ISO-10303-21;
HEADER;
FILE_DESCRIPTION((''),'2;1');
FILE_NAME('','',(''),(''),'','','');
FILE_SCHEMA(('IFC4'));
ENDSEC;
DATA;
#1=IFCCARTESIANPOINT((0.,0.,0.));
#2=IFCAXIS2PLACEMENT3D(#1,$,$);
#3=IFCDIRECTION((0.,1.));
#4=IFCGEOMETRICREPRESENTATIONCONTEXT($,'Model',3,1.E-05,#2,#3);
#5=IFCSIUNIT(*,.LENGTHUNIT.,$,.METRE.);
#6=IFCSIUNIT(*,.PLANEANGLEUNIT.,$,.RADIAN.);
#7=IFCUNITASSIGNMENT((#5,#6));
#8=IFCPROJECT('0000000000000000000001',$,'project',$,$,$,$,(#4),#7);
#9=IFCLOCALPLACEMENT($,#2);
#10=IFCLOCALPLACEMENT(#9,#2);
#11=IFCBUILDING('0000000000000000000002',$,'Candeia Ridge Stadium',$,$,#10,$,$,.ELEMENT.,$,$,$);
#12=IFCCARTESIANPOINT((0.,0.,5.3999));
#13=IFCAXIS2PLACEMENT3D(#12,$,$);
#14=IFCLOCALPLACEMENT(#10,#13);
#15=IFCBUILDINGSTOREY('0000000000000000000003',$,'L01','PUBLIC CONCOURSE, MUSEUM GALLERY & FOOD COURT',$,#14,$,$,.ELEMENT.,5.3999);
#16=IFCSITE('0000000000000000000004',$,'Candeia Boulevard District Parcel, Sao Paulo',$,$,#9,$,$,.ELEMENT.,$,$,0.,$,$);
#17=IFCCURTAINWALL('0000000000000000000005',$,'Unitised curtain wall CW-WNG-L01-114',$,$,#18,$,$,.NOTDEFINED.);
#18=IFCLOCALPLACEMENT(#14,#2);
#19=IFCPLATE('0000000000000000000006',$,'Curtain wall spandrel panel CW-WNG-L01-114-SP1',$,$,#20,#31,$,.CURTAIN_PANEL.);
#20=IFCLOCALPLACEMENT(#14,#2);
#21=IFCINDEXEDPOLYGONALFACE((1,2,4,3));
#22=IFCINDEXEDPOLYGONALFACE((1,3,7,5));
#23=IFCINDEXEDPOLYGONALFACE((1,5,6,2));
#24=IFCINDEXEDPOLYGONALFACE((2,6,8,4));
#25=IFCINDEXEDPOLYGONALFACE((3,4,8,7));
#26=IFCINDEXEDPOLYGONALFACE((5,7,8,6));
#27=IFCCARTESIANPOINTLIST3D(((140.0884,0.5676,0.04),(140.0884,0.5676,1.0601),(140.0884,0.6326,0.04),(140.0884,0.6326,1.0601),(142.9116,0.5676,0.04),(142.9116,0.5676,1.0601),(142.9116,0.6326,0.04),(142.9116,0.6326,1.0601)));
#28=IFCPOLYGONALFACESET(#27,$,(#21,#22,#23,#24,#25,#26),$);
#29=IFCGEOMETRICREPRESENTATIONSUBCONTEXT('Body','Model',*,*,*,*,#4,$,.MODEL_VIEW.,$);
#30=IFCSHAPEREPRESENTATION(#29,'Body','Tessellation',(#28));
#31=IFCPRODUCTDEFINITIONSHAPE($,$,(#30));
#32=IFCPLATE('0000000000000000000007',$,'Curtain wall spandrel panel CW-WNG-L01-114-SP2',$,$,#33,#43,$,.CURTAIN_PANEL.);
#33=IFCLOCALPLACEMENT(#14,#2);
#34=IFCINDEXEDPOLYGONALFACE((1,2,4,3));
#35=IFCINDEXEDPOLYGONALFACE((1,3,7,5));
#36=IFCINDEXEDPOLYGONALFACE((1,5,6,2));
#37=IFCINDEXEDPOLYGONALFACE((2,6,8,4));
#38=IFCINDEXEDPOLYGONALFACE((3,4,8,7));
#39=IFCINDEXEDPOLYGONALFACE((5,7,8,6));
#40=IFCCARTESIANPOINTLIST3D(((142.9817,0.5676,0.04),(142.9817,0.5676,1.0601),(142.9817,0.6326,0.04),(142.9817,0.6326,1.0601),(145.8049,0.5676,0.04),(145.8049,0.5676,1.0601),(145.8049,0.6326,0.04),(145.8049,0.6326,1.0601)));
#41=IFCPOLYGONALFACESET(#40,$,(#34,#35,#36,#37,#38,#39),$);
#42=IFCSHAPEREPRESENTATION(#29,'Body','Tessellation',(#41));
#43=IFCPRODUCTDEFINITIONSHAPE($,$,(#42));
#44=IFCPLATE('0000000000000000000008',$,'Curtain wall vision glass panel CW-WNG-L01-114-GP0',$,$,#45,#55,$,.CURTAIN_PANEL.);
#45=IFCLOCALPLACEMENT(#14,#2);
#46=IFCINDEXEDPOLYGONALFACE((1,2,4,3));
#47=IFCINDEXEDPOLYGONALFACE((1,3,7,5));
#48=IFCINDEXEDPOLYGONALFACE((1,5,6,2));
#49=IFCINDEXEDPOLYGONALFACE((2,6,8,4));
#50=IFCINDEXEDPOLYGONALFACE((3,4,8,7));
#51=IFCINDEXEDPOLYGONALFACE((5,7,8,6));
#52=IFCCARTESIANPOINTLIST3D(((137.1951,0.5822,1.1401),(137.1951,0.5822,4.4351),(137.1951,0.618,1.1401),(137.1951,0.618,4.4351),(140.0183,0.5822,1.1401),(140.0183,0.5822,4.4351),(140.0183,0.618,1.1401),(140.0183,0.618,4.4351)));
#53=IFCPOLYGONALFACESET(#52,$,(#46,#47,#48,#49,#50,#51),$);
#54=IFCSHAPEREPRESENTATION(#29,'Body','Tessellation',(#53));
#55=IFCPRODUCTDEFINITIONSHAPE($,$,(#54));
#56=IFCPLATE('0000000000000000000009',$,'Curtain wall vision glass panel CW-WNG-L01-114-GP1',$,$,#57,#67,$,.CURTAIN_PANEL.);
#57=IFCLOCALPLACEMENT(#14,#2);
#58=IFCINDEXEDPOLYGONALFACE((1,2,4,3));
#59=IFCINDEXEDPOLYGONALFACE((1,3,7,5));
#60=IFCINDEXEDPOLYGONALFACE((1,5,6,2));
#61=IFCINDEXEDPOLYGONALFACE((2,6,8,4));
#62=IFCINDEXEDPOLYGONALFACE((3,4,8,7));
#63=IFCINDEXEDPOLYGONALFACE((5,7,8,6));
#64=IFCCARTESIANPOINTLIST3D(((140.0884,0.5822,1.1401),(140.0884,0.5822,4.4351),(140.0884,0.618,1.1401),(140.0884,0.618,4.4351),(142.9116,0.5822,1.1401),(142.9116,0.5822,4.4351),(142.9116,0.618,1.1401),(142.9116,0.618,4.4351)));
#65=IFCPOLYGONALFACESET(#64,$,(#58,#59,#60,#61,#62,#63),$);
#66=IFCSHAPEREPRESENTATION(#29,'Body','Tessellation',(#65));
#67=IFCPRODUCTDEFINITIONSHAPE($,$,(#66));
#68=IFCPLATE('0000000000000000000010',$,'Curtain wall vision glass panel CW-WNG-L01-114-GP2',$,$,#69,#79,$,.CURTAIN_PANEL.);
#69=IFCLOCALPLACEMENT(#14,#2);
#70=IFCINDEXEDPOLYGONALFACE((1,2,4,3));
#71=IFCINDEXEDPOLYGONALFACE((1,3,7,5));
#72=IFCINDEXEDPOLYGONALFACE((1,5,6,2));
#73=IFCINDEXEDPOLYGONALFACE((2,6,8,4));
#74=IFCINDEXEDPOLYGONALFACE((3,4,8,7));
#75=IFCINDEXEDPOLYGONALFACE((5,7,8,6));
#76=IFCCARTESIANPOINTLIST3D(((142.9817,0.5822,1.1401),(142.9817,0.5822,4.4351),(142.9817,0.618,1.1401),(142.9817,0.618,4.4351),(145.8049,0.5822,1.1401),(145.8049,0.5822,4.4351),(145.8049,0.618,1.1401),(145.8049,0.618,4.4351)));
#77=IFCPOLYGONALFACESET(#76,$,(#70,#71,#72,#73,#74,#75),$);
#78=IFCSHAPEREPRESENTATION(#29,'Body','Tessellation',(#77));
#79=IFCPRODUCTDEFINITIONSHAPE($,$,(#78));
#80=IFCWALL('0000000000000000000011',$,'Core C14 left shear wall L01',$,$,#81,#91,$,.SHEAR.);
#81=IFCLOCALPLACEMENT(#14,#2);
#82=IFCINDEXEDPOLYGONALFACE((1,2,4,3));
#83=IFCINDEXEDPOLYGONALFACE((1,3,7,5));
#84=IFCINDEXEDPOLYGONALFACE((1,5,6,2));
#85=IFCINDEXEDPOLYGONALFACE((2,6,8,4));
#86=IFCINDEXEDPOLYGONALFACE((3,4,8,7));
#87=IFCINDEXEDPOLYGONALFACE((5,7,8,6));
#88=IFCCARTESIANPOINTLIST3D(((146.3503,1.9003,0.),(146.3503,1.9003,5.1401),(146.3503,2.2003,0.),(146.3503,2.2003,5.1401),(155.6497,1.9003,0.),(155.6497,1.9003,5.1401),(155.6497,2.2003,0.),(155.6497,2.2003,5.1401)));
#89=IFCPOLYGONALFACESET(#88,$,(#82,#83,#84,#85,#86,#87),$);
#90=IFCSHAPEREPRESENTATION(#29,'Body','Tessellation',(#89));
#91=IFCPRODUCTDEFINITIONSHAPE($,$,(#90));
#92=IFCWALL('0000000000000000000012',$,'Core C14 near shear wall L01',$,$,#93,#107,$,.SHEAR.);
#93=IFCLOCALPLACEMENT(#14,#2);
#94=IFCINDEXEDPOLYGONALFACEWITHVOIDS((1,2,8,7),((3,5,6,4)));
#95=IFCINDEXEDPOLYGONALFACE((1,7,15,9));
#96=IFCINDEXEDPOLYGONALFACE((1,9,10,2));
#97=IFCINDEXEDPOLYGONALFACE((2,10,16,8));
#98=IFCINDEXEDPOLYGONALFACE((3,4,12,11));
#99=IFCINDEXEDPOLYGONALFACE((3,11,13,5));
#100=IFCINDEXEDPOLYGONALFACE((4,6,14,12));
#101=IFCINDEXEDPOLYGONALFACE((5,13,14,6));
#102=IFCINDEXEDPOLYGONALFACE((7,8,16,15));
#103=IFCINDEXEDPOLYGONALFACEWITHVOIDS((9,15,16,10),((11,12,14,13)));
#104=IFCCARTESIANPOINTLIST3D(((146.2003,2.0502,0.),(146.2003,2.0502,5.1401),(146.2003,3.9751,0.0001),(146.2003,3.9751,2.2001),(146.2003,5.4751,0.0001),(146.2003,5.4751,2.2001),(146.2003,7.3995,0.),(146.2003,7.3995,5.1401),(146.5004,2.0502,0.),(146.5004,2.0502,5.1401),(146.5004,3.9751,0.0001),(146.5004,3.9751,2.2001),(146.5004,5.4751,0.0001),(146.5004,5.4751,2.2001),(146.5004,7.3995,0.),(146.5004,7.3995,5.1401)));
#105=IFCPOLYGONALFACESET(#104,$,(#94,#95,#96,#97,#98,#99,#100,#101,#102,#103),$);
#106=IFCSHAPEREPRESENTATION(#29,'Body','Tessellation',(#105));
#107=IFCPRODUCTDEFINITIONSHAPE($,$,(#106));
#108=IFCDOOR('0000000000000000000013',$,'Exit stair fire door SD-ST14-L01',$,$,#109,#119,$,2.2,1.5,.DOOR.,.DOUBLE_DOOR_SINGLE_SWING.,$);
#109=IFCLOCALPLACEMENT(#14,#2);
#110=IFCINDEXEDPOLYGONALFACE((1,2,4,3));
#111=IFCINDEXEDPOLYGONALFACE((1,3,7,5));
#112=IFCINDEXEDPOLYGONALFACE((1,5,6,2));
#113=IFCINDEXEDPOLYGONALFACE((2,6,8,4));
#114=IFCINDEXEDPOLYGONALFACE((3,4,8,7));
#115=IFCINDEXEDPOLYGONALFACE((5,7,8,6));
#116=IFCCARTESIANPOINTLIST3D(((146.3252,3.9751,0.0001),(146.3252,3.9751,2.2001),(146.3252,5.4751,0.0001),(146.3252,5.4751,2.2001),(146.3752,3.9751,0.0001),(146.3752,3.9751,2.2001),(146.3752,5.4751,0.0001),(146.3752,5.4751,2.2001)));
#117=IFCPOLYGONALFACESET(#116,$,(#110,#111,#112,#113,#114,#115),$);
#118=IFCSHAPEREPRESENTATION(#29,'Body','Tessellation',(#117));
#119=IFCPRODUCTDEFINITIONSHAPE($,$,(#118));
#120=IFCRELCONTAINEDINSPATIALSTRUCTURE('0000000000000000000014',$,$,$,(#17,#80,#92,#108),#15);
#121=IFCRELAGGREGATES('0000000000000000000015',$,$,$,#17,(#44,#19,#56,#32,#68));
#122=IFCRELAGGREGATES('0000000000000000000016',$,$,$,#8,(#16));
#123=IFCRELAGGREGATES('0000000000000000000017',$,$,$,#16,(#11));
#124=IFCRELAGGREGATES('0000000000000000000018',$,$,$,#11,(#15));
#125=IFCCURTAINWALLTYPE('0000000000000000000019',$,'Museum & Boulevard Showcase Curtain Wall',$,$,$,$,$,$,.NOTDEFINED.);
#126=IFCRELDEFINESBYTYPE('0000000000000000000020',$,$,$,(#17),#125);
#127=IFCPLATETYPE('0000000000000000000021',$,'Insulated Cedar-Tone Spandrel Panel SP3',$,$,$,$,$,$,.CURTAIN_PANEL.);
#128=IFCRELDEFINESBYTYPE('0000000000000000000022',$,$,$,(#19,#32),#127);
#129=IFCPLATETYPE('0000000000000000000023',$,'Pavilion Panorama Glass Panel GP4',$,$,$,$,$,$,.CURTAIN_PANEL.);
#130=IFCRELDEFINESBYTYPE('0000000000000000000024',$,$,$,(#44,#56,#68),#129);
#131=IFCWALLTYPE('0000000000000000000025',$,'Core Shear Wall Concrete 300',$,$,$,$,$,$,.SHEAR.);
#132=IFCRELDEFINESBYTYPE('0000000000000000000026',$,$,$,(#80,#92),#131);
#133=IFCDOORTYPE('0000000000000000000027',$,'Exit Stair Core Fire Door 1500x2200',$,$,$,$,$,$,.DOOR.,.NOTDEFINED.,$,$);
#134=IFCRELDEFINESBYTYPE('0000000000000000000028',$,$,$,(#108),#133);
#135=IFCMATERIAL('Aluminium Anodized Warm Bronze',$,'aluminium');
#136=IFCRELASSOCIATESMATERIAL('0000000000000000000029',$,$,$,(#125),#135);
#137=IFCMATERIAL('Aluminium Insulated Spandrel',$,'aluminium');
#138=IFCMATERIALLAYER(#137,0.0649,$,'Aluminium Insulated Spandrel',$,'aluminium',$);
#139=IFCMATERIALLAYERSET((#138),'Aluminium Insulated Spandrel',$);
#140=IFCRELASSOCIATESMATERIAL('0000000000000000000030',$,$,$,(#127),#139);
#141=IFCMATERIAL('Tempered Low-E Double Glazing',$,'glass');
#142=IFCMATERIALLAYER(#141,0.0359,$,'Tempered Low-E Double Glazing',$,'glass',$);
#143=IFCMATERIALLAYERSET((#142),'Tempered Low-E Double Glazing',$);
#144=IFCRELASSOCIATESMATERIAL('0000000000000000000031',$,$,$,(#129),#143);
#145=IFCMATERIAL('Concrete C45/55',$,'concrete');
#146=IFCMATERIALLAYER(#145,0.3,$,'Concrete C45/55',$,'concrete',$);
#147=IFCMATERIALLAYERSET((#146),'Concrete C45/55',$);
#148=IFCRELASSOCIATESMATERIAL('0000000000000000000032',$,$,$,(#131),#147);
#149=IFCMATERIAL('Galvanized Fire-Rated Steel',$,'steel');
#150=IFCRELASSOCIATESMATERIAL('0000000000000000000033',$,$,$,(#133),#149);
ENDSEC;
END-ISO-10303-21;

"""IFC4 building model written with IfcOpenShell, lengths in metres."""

from ifc_helpers import new_model, si_unit, direction, frame, frame_2d, origin, origin_2d, place, context, subcontext, project, spatial, rectangle, extrude, material, layer, layer_set, type_object, element, fill, aggregate, save


model = new_model("IFC4")

# Units and contexts
model_context = context("Model", 3, precision=1e-05, world=origin(), true_north=direction((0.0, 1.0)))
body_context = subcontext(model_context, "Body", "Model", "MODEL_VIEW")
ifc_project = project(units=[si_unit("LENGTHUNIT", "METRE"), si_unit("PLANEANGLEUNIT", "RADIAN")], contexts=[model_context])

# Site, building, storey
site_placement = place(None, origin())
site = spatial("IfcSite", under=ifc_project, at=site_placement, Name="Candeia Boulevard District Parcel, Sao Paulo", CompositionType="ELEMENT", RefElevation=0.0)
building_placement = place(site_placement, origin())
building = spatial("IfcBuilding", under=site, at=building_placement, Name="Candeia Ridge Stadium", CompositionType="ELEMENT")
storey_placement = place(building_placement, frame((0.0, 0.0, 5.3999)))
storey = spatial("IfcBuildingStorey", under=building, at=storey_placement, Name="L01", Description="PUBLIC CONCOURSE, MUSEUM GALLERY & FOOD COURT", CompositionType="ELEMENT", Elevation=5.3999)

# Shared definitions
ifc_material_1 = material(Name="Concrete C45/55", Category="concrete")

# Curtain wall
ifc_material_2 = material(Name="Aluminium Anodized Warm Bronze", Category="aluminium")
curtain_wall_type = type_object("IfcCurtainWallType", Name="Museum & Boulevard Showcase Curtain Wall", PredefinedType="NOTDEFINED", material=ifc_material_2)
curtain_wall_1_placement = place(storey_placement, origin())
curtain_wall_1 = element("IfcCurtainWall", 1, at=curtain_wall_1_placement, inside=storey, type_object=curtain_wall_type, Name="Unitised curtain wall CW-WNG-L01-114", PredefinedType="NOTDEFINED")

# Plates
ifc_material_3 = material(Name="Aluminium Insulated Spandrel", Category="aluminium")
ifc_layer_1 = layer(ifc_material_3, 0.0649, Name="Aluminium Insulated Spandrel", Category="aluminium")
ifc_layer_set_1 = layer_set([ifc_layer_1], Name="Aluminium Insulated Spandrel")
plate_type_1 = type_object("IfcPlateType", Name="Insulated Cedar-Tone Spandrel Panel SP3", PredefinedType="CURTAIN_PANEL", material=ifc_layer_set_1)
plate_1_placement = place(storey_placement, frame((141.5, 0.6001, 0.04), z_axis=(0.0, 0.0, 1.0), x_axis=(1.0, 0.0, 0.0)))
plate_1 = element("IfcPlate", 2, at=plate_1_placement, type_object=plate_type_1, Name="Curtain wall spandrel panel CW-WNG-L01-114-SP1", PredefinedType="CURTAIN_PANEL", context=body_context, shape_type="SweptSolid", body=[
    extrude(rectangle(XDim=2.8232, YDim=0.0649, at=origin_2d()), origin(), (0.0, 0.0, 1.0), 1.02),
])
plate_2_placement = place(storey_placement, frame((144.3933, 0.6001, 0.04), z_axis=(0.0, 0.0, 1.0), x_axis=(1.0, 0.0, 0.0)))
plate_2 = element("IfcPlate", 3, at=plate_2_placement, type_object=plate_type_1, Name="Curtain wall spandrel panel CW-WNG-L01-114-SP2", PredefinedType="CURTAIN_PANEL", context=body_context, shape_type="SweptSolid", body=[
    extrude(rectangle(XDim=2.8232, YDim=0.0649, at=origin_2d()), origin(), (0.0, 0.0, 1.0), 1.02),
])
ifc_material_4 = material(Name="Tempered Low-E Double Glazing", Category="glass")
ifc_layer_2 = layer(ifc_material_4, 0.0359, Name="Tempered Low-E Double Glazing", Category="glass")
ifc_layer_set_2 = layer_set([ifc_layer_2], Name="Tempered Low-E Double Glazing")
plate_type_2 = type_object("IfcPlateType", Name="Pavilion Panorama Glass Panel GP4", PredefinedType="CURTAIN_PANEL", material=ifc_layer_set_2)
plate_3_placement = place(storey_placement, frame((138.6067, 0.6001, 1.1401), z_axis=(0.0, 0.0, 1.0), x_axis=(1.0, 0.0, 0.0)))
plate_3 = element("IfcPlate", 4, at=plate_3_placement, type_object=plate_type_2, Name="Curtain wall vision glass panel CW-WNG-L01-114-GP0", PredefinedType="CURTAIN_PANEL", context=body_context, shape_type="SweptSolid", body=[
    extrude(rectangle(XDim=2.8232, YDim=0.0359, at=origin_2d()), origin(), (0.0, 0.0, 1.0), 3.2949),
])
plate_4_placement = place(storey_placement, frame((141.5, 0.6001, 1.1401), z_axis=(0.0, 0.0, 1.0), x_axis=(1.0, 0.0, 0.0)))
plate_4 = element("IfcPlate", 5, at=plate_4_placement, type_object=plate_type_2, Name="Curtain wall vision glass panel CW-WNG-L01-114-GP1", PredefinedType="CURTAIN_PANEL", context=body_context, shape_type="SweptSolid", body=[
    extrude(rectangle(XDim=2.8232, YDim=0.0359, at=origin_2d()), origin(), (0.0, 0.0, 1.0), 3.2949),
])
plate_5_placement = place(storey_placement, frame((144.3933, 0.6001, 1.1401), z_axis=(0.0, 0.0, 1.0), x_axis=(1.0, 0.0, 0.0)))
plate_5 = element("IfcPlate", 6, at=plate_5_placement, type_object=plate_type_2, Name="Curtain wall vision glass panel CW-WNG-L01-114-GP2", PredefinedType="CURTAIN_PANEL", context=body_context, shape_type="SweptSolid", body=[
    extrude(rectangle(XDim=2.8232, YDim=0.0359, at=origin_2d()), origin(), (0.0, 0.0, 1.0), 3.2949),
])
aggregate(curtain_wall_1, [plate_3, plate_1, plate_4, plate_2, plate_5])

# Wall
ifc_layer_3 = layer(ifc_material_1, 0.3, Name="Concrete C45/55", Category="concrete")
ifc_layer_set_3 = layer_set([ifc_layer_3], Name="Concrete C45/55")
wall_type = type_object("IfcWallType", Name="Core Shear Wall Concrete 300", PredefinedType="SHEAR", material=ifc_layer_set_3)
wall_1_placement = place(storey_placement, frame((146.3503, 2.0503, 0.0), z_axis=(0.0, 0.0, 1.0), x_axis=(1.0, 0.0, 0.0)))
element("IfcWall", 7, at=wall_1_placement, inside=storey, type_object=wall_type, Name="Core C14 left shear wall L01", PredefinedType="SHEAR", context=body_context, shape_type="SweptSolid", body=[
    extrude(rectangle(XDim=9.2993, YDim=0.3, at=frame_2d((4.6497, 0.0))), origin(), (0.0, 0.0, 1.0), 5.1401),
])

# Wall, opening, door
wall_2_placement = place(storey_placement, frame((146.3503, 7.3997, 0.0), z_axis=(0.0, 0.0, 1.0), x_axis=(0.0, -1.0, 0.0)))
wall_2 = element("IfcWall", 8, at=wall_2_placement, inside=storey, type_object=wall_type, Name="Core C14 near shear wall L01", PredefinedType="SHEAR", context=body_context, shape_type="SweptSolid", body=[
    extrude(rectangle(XDim=5.3494, YDim=0.3, at=frame_2d((2.6748, 0.0))), origin(), (0.0, 0.0, 1.0), 5.1401),
])
opening_placement = place(wall_2_placement, frame((1.9246, 0.0, 0.0)))
opening = element("IfcOpeningElement", 9, at=opening_placement, cuts=wall_2, PredefinedType="OPENING", context=body_context, shape_type="SweptSolid", body=[
    extrude(rectangle(XDim=1.5, YDim=2.2, at=frame_2d((0.75, 1.1001))), frame((0.0, 0.1599, 0.0), z_axis=(0.0, -1.0, 0.0), x_axis=(1.0, 0.0, 0.0)), (0.0, 0.0, 1.0), 0.3201),
])
ifc_material_5 = material(Name="Galvanized Fire-Rated Steel", Category="steel")
door_type = type_object("IfcDoorType", Name="Exit Stair Core Fire Door 1500x2200", OperationType="NOTDEFINED", PredefinedType="DOOR", material=ifc_material_5)
door_placement = place(opening_placement, origin())
door = element("IfcDoor", 10, at=door_placement, inside=storey, type_object=door_type, Name="Exit stair fire door SD-ST14-L01", OperationType="DOUBLE_DOOR_SINGLE_SWING", OverallHeight=2.2, OverallWidth=1.5, PredefinedType="DOOR", context=body_context, shape_type="SweptSolid", body=[
    extrude(rectangle(XDim=1.5, YDim=2.2, at=frame_2d((0.75, 1.1001))), frame((0.0, 0.0249, 0.0), z_axis=(0.0, -1.0, 0.0), x_axis=(1.0, 0.0, 0.0)), (0.0, 0.0, 1.0), 0.05),
])
fill(opening, door)

save(model, "model.ifc")
